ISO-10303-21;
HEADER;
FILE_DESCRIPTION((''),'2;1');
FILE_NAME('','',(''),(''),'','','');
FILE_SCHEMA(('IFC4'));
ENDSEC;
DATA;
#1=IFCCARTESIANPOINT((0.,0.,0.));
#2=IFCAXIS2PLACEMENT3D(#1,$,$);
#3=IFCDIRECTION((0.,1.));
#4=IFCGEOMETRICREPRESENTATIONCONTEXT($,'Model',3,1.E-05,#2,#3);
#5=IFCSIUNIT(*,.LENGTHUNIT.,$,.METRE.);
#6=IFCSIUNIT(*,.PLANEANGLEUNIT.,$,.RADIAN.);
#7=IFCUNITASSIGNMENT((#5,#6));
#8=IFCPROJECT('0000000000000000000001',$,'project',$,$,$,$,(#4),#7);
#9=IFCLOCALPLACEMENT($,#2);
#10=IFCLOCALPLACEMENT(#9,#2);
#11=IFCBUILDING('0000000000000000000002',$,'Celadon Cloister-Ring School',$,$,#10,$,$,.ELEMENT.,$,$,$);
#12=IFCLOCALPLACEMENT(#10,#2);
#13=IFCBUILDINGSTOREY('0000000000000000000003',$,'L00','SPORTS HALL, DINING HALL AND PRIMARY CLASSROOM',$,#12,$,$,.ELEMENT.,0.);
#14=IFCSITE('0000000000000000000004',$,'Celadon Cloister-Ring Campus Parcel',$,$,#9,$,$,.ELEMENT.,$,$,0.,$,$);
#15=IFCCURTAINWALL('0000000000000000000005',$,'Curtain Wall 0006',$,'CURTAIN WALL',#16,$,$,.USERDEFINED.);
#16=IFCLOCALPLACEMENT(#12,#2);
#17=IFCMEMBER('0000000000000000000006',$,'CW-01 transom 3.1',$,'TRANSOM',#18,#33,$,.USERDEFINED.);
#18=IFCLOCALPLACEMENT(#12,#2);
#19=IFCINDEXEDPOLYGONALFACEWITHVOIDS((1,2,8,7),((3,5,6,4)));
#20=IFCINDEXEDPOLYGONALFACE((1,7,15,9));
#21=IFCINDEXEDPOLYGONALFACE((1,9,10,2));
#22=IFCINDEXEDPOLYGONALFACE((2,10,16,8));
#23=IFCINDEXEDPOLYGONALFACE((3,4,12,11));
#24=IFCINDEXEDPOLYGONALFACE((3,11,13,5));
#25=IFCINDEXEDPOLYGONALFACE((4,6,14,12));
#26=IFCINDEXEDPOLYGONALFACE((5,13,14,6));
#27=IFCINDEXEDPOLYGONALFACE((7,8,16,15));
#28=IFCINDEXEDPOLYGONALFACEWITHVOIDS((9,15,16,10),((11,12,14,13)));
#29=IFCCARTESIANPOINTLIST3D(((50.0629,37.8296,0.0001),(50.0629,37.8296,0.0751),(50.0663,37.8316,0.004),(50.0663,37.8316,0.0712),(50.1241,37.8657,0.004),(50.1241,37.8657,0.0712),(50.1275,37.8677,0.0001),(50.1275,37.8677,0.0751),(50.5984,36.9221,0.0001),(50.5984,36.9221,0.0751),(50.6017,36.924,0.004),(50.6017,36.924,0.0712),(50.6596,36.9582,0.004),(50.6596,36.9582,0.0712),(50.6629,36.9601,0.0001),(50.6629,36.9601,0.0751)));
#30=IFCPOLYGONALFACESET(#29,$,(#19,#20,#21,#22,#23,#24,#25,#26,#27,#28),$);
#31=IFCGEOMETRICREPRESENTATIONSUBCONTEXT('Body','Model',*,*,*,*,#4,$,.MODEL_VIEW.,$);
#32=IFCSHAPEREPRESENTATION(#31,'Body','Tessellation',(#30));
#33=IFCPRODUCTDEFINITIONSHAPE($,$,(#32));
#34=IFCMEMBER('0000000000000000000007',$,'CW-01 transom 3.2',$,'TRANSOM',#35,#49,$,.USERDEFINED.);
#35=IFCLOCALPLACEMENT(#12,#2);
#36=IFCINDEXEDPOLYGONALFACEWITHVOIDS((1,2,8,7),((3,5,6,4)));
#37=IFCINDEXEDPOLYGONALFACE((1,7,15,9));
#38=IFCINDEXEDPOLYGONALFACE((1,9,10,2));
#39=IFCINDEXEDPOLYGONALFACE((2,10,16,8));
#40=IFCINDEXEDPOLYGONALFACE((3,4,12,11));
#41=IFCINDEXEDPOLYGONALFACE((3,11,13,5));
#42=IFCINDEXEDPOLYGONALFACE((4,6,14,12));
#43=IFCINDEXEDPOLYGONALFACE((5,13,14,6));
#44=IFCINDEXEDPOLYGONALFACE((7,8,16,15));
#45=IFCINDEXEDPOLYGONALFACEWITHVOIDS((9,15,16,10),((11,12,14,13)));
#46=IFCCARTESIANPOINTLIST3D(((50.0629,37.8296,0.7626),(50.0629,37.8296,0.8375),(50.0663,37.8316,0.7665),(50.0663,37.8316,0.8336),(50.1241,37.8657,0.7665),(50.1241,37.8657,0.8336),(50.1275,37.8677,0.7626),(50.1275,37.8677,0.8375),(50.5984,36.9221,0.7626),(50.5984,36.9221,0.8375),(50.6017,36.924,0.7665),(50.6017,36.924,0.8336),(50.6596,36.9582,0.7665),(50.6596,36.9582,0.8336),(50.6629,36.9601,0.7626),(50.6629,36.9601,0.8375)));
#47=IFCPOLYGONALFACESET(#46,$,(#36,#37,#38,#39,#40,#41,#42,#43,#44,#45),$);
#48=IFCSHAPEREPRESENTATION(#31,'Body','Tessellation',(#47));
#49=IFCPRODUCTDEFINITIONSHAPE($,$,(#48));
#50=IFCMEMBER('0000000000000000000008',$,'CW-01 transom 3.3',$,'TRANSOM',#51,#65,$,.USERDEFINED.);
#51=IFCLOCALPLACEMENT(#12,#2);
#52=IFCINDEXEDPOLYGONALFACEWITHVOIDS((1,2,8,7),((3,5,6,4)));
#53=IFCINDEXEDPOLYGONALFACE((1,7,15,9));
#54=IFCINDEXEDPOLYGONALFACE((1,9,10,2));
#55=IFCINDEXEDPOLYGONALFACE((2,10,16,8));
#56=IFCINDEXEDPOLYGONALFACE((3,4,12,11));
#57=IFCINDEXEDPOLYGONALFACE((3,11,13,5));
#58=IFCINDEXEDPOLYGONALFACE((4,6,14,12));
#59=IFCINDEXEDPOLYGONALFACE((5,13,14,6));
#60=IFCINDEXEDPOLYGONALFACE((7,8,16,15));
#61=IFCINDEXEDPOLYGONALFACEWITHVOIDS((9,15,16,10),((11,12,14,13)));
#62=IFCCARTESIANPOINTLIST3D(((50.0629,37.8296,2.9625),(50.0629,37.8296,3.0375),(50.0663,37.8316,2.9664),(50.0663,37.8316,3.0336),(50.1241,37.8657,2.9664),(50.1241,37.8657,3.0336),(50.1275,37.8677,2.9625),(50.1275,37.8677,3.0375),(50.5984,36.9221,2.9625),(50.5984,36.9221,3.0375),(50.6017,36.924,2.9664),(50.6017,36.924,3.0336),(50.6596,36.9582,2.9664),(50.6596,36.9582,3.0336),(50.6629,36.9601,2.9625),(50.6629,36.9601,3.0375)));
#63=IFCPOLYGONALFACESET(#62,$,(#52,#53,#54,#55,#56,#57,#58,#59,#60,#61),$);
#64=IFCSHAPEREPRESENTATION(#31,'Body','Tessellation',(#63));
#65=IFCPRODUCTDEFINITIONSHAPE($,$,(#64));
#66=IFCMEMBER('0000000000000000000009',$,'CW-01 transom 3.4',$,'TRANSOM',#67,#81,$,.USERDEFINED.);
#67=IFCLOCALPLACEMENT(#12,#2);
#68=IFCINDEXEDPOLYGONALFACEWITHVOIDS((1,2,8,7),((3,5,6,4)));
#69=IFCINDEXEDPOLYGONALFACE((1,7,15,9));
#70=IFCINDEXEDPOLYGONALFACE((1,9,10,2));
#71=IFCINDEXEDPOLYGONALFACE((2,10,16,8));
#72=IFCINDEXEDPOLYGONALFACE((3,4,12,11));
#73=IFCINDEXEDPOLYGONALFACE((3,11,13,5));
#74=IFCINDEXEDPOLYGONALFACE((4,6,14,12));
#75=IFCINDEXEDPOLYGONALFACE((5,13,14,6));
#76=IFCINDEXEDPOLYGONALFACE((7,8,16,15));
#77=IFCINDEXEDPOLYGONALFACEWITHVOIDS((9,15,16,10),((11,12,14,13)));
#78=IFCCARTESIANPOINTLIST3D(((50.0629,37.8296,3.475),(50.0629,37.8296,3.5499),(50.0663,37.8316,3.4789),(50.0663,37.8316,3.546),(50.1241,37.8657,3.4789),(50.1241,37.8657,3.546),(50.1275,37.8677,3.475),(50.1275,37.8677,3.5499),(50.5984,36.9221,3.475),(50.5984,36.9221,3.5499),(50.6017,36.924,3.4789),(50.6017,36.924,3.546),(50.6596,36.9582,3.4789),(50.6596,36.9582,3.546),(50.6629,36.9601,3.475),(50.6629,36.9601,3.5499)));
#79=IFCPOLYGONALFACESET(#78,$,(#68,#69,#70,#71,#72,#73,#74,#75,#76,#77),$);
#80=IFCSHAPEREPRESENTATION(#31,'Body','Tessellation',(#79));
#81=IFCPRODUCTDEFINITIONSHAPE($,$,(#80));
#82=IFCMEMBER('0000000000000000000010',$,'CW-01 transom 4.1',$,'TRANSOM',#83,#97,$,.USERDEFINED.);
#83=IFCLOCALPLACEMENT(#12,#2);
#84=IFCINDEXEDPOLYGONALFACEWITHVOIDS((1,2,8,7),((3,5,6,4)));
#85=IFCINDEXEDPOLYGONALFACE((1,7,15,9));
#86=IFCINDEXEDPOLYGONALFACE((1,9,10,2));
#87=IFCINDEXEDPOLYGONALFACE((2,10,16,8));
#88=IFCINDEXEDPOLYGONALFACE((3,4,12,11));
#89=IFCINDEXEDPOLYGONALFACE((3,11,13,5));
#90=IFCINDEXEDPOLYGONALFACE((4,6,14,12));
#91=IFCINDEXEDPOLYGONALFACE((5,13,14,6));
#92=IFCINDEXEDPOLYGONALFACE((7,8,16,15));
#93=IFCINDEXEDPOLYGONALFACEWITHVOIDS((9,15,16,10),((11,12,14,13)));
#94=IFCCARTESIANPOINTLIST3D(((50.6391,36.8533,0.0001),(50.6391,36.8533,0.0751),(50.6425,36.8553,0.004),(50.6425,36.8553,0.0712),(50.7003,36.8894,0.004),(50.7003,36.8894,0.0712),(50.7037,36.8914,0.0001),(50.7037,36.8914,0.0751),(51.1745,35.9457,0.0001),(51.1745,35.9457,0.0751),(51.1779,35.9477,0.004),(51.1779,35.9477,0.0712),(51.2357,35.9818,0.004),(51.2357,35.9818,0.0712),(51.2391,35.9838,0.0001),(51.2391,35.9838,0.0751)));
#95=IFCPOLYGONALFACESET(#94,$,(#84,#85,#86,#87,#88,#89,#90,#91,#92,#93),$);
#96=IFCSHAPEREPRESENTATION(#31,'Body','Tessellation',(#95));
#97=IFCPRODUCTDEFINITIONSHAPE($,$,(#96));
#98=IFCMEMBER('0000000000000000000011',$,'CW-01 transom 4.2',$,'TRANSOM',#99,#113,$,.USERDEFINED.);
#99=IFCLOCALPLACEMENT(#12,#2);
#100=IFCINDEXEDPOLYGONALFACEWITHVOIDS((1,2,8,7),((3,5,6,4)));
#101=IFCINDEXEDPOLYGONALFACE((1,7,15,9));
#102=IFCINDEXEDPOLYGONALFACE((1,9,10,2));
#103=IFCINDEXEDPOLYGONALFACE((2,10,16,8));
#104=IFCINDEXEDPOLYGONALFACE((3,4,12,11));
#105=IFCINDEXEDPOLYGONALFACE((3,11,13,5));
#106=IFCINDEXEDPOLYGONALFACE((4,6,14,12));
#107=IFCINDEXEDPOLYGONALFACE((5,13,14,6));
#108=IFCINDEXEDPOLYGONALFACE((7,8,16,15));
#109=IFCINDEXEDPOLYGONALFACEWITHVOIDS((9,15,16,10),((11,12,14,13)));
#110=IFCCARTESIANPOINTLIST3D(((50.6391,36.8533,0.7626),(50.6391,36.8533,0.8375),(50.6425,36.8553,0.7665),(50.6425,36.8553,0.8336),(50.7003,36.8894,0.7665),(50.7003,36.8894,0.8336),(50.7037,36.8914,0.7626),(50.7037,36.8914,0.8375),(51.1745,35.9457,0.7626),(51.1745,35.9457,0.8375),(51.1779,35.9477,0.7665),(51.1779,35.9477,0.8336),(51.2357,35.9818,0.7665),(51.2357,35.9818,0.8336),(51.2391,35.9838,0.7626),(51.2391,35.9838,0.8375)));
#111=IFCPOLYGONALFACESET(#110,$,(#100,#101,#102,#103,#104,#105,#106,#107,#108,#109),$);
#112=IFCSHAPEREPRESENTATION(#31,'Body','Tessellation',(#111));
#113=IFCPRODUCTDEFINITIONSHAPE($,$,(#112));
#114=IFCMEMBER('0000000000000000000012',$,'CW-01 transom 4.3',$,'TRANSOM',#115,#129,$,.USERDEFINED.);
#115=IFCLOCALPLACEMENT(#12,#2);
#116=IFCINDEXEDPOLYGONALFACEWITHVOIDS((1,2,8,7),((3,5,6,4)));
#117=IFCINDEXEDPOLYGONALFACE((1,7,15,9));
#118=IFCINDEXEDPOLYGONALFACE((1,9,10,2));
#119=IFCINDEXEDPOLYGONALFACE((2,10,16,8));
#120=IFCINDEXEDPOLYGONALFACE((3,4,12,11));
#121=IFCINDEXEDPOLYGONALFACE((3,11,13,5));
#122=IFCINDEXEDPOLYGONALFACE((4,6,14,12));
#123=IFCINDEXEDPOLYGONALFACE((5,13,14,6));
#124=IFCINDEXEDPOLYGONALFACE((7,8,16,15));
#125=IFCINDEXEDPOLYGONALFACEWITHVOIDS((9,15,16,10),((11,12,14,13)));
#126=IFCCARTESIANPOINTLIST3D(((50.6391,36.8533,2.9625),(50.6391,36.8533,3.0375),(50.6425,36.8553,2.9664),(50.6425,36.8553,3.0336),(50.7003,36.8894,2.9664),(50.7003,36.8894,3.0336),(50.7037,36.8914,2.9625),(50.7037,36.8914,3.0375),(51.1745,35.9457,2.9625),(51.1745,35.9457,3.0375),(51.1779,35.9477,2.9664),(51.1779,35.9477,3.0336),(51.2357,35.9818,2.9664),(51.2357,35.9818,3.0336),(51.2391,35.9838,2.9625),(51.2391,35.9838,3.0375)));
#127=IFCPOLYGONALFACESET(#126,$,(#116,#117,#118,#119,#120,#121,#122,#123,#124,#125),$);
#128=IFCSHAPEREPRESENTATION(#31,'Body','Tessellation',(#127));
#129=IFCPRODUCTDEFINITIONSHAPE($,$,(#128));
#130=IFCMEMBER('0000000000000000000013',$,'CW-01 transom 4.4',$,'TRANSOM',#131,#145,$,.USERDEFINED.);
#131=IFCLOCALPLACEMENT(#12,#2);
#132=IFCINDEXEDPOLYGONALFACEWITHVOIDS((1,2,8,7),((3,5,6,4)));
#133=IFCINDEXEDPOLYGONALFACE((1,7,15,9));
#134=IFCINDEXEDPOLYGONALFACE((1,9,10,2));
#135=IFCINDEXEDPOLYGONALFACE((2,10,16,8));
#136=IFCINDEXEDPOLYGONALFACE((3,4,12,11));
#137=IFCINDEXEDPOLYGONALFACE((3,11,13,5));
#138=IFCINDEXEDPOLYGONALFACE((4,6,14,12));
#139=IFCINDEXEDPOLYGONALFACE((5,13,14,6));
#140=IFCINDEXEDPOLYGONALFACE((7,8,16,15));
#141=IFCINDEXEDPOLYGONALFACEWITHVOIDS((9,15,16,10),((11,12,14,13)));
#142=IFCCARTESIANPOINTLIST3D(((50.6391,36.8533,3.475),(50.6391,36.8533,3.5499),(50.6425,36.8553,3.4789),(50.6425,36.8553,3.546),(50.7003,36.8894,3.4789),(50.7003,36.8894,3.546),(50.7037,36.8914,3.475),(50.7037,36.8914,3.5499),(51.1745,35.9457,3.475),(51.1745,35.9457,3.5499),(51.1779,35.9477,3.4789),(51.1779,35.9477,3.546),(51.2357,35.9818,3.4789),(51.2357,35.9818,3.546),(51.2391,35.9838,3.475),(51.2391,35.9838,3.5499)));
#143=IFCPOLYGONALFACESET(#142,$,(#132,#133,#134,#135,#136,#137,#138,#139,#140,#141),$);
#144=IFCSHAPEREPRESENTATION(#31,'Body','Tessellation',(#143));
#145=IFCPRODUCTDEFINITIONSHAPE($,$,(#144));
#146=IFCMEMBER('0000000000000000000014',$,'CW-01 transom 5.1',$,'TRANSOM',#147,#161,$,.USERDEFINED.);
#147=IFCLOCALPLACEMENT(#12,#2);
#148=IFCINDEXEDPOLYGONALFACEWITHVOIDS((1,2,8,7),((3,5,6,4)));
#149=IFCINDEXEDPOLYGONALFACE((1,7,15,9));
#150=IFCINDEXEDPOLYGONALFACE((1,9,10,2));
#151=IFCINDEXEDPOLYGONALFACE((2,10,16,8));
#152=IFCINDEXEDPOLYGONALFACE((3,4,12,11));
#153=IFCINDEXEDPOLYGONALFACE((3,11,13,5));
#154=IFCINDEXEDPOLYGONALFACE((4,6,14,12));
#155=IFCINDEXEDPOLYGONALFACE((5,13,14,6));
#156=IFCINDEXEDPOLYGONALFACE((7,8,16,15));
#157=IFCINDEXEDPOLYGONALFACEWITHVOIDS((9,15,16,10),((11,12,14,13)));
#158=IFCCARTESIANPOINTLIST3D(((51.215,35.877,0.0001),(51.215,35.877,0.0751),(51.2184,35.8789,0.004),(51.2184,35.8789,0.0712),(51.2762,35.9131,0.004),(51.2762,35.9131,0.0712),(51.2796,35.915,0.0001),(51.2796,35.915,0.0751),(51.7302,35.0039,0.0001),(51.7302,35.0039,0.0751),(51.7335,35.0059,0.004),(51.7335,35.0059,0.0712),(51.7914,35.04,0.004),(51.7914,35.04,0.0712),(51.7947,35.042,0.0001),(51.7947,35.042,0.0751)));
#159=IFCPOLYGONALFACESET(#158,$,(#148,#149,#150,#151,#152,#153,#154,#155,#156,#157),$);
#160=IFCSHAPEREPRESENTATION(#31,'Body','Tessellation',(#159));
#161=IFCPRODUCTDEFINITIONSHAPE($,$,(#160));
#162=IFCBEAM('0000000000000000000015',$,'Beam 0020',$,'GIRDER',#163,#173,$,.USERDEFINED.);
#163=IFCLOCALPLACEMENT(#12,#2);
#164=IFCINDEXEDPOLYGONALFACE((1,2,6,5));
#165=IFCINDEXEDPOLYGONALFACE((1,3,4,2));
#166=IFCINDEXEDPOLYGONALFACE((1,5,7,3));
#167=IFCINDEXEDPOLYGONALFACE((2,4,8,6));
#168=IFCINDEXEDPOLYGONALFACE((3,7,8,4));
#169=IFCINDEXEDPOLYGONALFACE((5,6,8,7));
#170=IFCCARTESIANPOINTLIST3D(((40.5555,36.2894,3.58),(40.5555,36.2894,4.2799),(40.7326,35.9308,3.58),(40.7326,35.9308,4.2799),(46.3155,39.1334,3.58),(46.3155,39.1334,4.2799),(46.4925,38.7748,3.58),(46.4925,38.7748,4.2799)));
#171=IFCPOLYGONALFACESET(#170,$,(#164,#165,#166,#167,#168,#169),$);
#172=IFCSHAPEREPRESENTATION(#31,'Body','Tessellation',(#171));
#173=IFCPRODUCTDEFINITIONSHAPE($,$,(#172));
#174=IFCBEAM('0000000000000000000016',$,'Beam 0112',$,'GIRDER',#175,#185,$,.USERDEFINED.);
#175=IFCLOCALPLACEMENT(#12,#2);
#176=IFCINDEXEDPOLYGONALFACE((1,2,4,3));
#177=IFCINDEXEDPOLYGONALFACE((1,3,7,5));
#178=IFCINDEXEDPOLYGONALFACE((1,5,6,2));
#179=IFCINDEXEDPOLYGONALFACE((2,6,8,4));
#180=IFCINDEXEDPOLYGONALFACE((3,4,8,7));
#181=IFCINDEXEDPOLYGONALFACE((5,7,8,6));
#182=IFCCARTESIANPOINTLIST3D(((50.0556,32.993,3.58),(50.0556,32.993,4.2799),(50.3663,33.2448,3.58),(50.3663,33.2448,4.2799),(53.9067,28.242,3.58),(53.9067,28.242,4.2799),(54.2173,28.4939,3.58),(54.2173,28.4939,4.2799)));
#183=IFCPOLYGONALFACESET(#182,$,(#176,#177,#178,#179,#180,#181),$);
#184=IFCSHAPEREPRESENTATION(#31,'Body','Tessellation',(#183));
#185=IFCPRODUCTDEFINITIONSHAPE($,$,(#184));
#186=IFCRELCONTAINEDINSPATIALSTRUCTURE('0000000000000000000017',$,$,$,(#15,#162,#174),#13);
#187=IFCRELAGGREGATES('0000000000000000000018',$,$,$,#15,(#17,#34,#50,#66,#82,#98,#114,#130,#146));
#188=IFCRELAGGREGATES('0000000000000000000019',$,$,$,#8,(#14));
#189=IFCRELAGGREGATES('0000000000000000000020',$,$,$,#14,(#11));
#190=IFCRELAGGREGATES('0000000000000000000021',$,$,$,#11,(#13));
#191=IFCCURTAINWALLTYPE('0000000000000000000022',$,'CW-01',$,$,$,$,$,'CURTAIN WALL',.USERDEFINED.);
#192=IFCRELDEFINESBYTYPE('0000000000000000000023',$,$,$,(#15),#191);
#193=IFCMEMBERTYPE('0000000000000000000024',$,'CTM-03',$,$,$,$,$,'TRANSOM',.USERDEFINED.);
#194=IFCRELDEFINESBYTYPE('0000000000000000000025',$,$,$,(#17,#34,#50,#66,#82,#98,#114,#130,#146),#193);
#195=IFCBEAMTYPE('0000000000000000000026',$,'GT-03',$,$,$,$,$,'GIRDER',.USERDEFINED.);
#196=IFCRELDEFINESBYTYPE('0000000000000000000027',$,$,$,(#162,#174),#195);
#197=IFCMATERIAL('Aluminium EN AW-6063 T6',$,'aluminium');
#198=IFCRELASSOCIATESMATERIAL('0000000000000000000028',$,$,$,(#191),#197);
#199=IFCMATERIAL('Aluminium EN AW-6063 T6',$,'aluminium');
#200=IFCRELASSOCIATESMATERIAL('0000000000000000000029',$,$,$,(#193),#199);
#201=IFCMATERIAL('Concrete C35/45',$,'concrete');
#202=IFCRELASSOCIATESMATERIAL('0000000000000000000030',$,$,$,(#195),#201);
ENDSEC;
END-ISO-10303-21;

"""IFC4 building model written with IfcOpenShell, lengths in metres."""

from ifc_helpers import new_model, si_unit, direction, frame, origin, origin_2d, place, context, subcontext, project, spatial, rectangle, hollow_rectangle, extrude, material, material_profile, profile_set, type_object, element, aggregate, save


model = new_model("IFC4")

# Units and contexts
model_context = context("Model", 3, precision=1e-05, world=origin(), true_north=direction((0.0, 1.0)))
body_context = subcontext(model_context, "Body", "Model", "MODEL_VIEW")
ifc_project = project(units=[si_unit("LENGTHUNIT", "METRE"), si_unit("PLANEANGLEUNIT", "RADIAN")], contexts=[model_context])

# Site, building, storey
site_placement = place(None, origin())
site = spatial("IfcSite", under=ifc_project, at=site_placement, Name="Celadon Cloister-Ring Campus Parcel", CompositionType="ELEMENT", RefElevation=0.0)
building_placement = place(site_placement, origin())
building = spatial("IfcBuilding", under=site, at=building_placement, Name="Celadon Cloister-Ring School", CompositionType="ELEMENT")
storey_placement = place(building_placement, origin())
storey = spatial("IfcBuildingStorey", under=building, at=storey_placement, Name="L00", Description="SPORTS HALL, DINING HALL AND PRIMARY CLASSROOM", CompositionType="ELEMENT", Elevation=0.0)

# Curtain wall, members
ifc_material_1 = material(Name="Aluminium EN AW-6063 T6", Category="aluminium")
curtain_wall_type = type_object("IfcCurtainWallType", Name="CW-01", ElementType="CURTAIN WALL", PredefinedType="USERDEFINED", material=ifc_material_1)
curtain_wall_placement = place(storey_placement, origin())
curtain_wall = element("IfcCurtainWall", 1, at=curtain_wall_placement, inside=storey, type_object=curtain_wall_type, Name="Curtain Wall 0006", ObjectType="CURTAIN WALL", PredefinedType="USERDEFINED")
ifc_material_2 = material(Name="Aluminium EN AW-6063 T6", Category="aluminium")
ifc_material_profile_1 = material_profile(ifc_material_2, hollow_rectangle(XDim=0.075, YDim=0.075, WallThickness=0.0039, at=origin_2d()), Name="RHS75X75X4")
ifc_profile_set_1 = profile_set([ifc_material_profile_1], Name="Aluminium EN AW-6063 T6")
member_type_1 = type_object("IfcMemberType", Name="CTM-03", ElementType="TRANSOM", PredefinedType="USERDEFINED", material=ifc_profile_set_1)
member_1_placement = place(storey_placement, frame((50.0952, 37.8486, 0.0376), z_axis=(0.508144, -0.861272, 0.0), x_axis=(0.861272, 0.508144, 0.0)))
member_1 = element("IfcMember", 2, at=member_1_placement, type_object=member_type_1, Name="CW-01 transom 3.1", ObjectType="TRANSOM", PredefinedType="USERDEFINED", context=body_context, shape_type="SweptSolid", body=[
    extrude(hollow_rectangle(XDim=0.075, YDim=0.075, WallThickness=0.0039, at=origin_2d()), origin(), (0.0, 0.0, 1.0), 1.0537),
])
member_2_placement = place(storey_placement, frame((50.0952, 37.8486, 0.8), z_axis=(0.508144, -0.861272, 0.0), x_axis=(0.861272, 0.508144, 0.0)))
member_2 = element("IfcMember", 3, at=member_2_placement, type_object=member_type_1, Name="CW-01 transom 3.2", ObjectType="TRANSOM", PredefinedType="USERDEFINED", context=body_context, shape_type="SweptSolid", body=[
    extrude(hollow_rectangle(XDim=0.075, YDim=0.075, WallThickness=0.0039, at=origin_2d()), origin(), (0.0, 0.0, 1.0), 1.0537),
])
member_3_placement = place(storey_placement, frame((50.0952, 37.8486, 3.0), z_axis=(0.508144, -0.861272, 0.0), x_axis=(0.861272, 0.508144, 0.0)))
member_3 = element("IfcMember", 4, at=member_3_placement, type_object=member_type_1, Name="CW-01 transom 3.3", ObjectType="TRANSOM", PredefinedType="USERDEFINED", context=body_context, shape_type="SweptSolid", body=[
    extrude(hollow_rectangle(XDim=0.075, YDim=0.075, WallThickness=0.0039, at=origin_2d()), origin(), (0.0, 0.0, 1.0), 1.0537),
])
member_4_placement = place(storey_placement, frame((50.0952, 37.8486, 3.5125), z_axis=(0.508144, -0.861272, 0.0), x_axis=(0.861272, 0.508144, 0.0)))
member_4 = element("IfcMember", 5, at=member_4_placement, type_object=member_type_1, Name="CW-01 transom 3.4", ObjectType="TRANSOM", PredefinedType="USERDEFINED", context=body_context, shape_type="SweptSolid", body=[
    extrude(hollow_rectangle(XDim=0.075, YDim=0.075, WallThickness=0.0039, at=origin_2d()), origin(), (0.0, 0.0, 1.0), 1.0537),
])
member_5_placement = place(storey_placement, frame((50.6714, 36.8723, 0.0376), z_axis=(0.508144, -0.861272, 0.0), x_axis=(0.861272, 0.508144, 0.0)))
member_5 = element("IfcMember", 6, at=member_5_placement, type_object=member_type_1, Name="CW-01 transom 4.1", ObjectType="TRANSOM", PredefinedType="USERDEFINED", context=body_context, shape_type="SweptSolid", body=[
    extrude(hollow_rectangle(XDim=0.075, YDim=0.075, WallThickness=0.0039, at=origin_2d()), origin(), (0.0, 0.0, 1.0), 1.0537),
])
member_6_placement = place(storey_placement, frame((50.6714, 36.8723, 0.8), z_axis=(0.508144, -0.861272, 0.0), x_axis=(0.861272, 0.508144, 0.0)))
member_6 = element("IfcMember", 7, at=member_6_placement, type_object=member_type_1, Name="CW-01 transom 4.2", ObjectType="TRANSOM", PredefinedType="USERDEFINED", context=body_context, shape_type="SweptSolid", body=[
    extrude(hollow_rectangle(XDim=0.075, YDim=0.075, WallThickness=0.0039, at=origin_2d()), origin(), (0.0, 0.0, 1.0), 1.0537),
])
member_7_placement = place(storey_placement, frame((50.6714, 36.8723, 3.0), z_axis=(0.508144, -0.861272, 0.0), x_axis=(0.861272, 0.508144, 0.0)))
member_7 = element("IfcMember", 8, at=member_7_placement, type_object=member_type_1, Name="CW-01 transom 4.3", ObjectType="TRANSOM", PredefinedType="USERDEFINED", context=body_context, shape_type="SweptSolid", body=[
    extrude(hollow_rectangle(XDim=0.075, YDim=0.075, WallThickness=0.0039, at=origin_2d()), origin(), (0.0, 0.0, 1.0), 1.0537),
])
member_8_placement = place(storey_placement, frame((50.6714, 36.8723, 3.5125), z_axis=(0.508144, -0.861272, 0.0), x_axis=(0.861272, 0.508144, 0.0)))
member_8 = element("IfcMember", 9, at=member_8_placement, type_object=member_type_1, Name="CW-01 transom 4.4", ObjectType="TRANSOM", PredefinedType="USERDEFINED", context=body_context, shape_type="SweptSolid", body=[
    extrude(hollow_rectangle(XDim=0.075, YDim=0.075, WallThickness=0.0039, at=origin_2d()), origin(), (0.0, 0.0, 1.0), 1.0537),
])
member_9_placement = place(storey_placement, frame((51.2473, 35.896, 0.0376), z_axis=(0.508177, -0.861252, 0.0), x_axis=(0.861252, 0.508177, 0.0)))
member_9 = element("IfcMember", 10, at=member_9_placement, type_object=member_type_1, Name="CW-01 transom 5.1", ObjectType="TRANSOM", PredefinedType="USERDEFINED", context=body_context, shape_type="SweptSolid", body=[
    extrude(hollow_rectangle(XDim=0.075, YDim=0.075, WallThickness=0.0039, at=origin_2d()), origin(), (0.0, 0.0, 1.0), 1.0137),
])

# Beams
ifc_material_3 = material(Name="Concrete C35/45", Category="concrete")
ifc_material_profile_2 = material_profile(ifc_material_3, rectangle(XDim=0.3999, YDim=0.7, at=origin_2d()), Name="RC400X700")
ifc_profile_set_2 = profile_set([ifc_material_profile_2], Name="Concrete C35/45")
beam_type_1 = type_object("IfcBeamType", Name="GT-03", ElementType="GIRDER", PredefinedType="USERDEFINED", material=ifc_profile_set_2)
beam_1_placement = place(storey_placement, frame((40.644, 36.1101, 3.9299), z_axis=(0.896658, 0.442723, 0.0), x_axis=(-0.442723, 0.896658, 0.0)))
element("IfcBeam", 11, at=beam_1_placement, inside=storey, type_object=beam_type_1, Name="Beam 0020", ObjectType="GIRDER", PredefinedType="USERDEFINED", context=body_context, shape_type="SweptSolid", body=[
    extrude(rectangle(XDim=0.3999, YDim=0.7, at=origin_2d()), origin(), (0.0, 0.0, 1.0), 6.4238),
])
beam_2_placement = place(storey_placement, frame((50.2109, 33.1189, 3.9299), z_axis=(0.629696, -0.776841, 0.0), x_axis=(0.776841, 0.629696, 0.0)))
element("IfcBeam", 12, at=beam_2_placement, inside=storey, type_object=beam_type_1, Name="Beam 0112", ObjectType="GIRDER", PredefinedType="USERDEFINED", context=body_context, shape_type="SweptSolid", body=[
    extrude(rectangle(XDim=0.3999, YDim=0.7, at=origin_2d()), origin(), (0.0, 0.0, 1.0), 6.1157),
])

aggregate(curtain_wall, [member_1, member_2, member_3, member_4, member_5, member_6, member_7, member_8, member_9])

save(model, "model.ifc")
